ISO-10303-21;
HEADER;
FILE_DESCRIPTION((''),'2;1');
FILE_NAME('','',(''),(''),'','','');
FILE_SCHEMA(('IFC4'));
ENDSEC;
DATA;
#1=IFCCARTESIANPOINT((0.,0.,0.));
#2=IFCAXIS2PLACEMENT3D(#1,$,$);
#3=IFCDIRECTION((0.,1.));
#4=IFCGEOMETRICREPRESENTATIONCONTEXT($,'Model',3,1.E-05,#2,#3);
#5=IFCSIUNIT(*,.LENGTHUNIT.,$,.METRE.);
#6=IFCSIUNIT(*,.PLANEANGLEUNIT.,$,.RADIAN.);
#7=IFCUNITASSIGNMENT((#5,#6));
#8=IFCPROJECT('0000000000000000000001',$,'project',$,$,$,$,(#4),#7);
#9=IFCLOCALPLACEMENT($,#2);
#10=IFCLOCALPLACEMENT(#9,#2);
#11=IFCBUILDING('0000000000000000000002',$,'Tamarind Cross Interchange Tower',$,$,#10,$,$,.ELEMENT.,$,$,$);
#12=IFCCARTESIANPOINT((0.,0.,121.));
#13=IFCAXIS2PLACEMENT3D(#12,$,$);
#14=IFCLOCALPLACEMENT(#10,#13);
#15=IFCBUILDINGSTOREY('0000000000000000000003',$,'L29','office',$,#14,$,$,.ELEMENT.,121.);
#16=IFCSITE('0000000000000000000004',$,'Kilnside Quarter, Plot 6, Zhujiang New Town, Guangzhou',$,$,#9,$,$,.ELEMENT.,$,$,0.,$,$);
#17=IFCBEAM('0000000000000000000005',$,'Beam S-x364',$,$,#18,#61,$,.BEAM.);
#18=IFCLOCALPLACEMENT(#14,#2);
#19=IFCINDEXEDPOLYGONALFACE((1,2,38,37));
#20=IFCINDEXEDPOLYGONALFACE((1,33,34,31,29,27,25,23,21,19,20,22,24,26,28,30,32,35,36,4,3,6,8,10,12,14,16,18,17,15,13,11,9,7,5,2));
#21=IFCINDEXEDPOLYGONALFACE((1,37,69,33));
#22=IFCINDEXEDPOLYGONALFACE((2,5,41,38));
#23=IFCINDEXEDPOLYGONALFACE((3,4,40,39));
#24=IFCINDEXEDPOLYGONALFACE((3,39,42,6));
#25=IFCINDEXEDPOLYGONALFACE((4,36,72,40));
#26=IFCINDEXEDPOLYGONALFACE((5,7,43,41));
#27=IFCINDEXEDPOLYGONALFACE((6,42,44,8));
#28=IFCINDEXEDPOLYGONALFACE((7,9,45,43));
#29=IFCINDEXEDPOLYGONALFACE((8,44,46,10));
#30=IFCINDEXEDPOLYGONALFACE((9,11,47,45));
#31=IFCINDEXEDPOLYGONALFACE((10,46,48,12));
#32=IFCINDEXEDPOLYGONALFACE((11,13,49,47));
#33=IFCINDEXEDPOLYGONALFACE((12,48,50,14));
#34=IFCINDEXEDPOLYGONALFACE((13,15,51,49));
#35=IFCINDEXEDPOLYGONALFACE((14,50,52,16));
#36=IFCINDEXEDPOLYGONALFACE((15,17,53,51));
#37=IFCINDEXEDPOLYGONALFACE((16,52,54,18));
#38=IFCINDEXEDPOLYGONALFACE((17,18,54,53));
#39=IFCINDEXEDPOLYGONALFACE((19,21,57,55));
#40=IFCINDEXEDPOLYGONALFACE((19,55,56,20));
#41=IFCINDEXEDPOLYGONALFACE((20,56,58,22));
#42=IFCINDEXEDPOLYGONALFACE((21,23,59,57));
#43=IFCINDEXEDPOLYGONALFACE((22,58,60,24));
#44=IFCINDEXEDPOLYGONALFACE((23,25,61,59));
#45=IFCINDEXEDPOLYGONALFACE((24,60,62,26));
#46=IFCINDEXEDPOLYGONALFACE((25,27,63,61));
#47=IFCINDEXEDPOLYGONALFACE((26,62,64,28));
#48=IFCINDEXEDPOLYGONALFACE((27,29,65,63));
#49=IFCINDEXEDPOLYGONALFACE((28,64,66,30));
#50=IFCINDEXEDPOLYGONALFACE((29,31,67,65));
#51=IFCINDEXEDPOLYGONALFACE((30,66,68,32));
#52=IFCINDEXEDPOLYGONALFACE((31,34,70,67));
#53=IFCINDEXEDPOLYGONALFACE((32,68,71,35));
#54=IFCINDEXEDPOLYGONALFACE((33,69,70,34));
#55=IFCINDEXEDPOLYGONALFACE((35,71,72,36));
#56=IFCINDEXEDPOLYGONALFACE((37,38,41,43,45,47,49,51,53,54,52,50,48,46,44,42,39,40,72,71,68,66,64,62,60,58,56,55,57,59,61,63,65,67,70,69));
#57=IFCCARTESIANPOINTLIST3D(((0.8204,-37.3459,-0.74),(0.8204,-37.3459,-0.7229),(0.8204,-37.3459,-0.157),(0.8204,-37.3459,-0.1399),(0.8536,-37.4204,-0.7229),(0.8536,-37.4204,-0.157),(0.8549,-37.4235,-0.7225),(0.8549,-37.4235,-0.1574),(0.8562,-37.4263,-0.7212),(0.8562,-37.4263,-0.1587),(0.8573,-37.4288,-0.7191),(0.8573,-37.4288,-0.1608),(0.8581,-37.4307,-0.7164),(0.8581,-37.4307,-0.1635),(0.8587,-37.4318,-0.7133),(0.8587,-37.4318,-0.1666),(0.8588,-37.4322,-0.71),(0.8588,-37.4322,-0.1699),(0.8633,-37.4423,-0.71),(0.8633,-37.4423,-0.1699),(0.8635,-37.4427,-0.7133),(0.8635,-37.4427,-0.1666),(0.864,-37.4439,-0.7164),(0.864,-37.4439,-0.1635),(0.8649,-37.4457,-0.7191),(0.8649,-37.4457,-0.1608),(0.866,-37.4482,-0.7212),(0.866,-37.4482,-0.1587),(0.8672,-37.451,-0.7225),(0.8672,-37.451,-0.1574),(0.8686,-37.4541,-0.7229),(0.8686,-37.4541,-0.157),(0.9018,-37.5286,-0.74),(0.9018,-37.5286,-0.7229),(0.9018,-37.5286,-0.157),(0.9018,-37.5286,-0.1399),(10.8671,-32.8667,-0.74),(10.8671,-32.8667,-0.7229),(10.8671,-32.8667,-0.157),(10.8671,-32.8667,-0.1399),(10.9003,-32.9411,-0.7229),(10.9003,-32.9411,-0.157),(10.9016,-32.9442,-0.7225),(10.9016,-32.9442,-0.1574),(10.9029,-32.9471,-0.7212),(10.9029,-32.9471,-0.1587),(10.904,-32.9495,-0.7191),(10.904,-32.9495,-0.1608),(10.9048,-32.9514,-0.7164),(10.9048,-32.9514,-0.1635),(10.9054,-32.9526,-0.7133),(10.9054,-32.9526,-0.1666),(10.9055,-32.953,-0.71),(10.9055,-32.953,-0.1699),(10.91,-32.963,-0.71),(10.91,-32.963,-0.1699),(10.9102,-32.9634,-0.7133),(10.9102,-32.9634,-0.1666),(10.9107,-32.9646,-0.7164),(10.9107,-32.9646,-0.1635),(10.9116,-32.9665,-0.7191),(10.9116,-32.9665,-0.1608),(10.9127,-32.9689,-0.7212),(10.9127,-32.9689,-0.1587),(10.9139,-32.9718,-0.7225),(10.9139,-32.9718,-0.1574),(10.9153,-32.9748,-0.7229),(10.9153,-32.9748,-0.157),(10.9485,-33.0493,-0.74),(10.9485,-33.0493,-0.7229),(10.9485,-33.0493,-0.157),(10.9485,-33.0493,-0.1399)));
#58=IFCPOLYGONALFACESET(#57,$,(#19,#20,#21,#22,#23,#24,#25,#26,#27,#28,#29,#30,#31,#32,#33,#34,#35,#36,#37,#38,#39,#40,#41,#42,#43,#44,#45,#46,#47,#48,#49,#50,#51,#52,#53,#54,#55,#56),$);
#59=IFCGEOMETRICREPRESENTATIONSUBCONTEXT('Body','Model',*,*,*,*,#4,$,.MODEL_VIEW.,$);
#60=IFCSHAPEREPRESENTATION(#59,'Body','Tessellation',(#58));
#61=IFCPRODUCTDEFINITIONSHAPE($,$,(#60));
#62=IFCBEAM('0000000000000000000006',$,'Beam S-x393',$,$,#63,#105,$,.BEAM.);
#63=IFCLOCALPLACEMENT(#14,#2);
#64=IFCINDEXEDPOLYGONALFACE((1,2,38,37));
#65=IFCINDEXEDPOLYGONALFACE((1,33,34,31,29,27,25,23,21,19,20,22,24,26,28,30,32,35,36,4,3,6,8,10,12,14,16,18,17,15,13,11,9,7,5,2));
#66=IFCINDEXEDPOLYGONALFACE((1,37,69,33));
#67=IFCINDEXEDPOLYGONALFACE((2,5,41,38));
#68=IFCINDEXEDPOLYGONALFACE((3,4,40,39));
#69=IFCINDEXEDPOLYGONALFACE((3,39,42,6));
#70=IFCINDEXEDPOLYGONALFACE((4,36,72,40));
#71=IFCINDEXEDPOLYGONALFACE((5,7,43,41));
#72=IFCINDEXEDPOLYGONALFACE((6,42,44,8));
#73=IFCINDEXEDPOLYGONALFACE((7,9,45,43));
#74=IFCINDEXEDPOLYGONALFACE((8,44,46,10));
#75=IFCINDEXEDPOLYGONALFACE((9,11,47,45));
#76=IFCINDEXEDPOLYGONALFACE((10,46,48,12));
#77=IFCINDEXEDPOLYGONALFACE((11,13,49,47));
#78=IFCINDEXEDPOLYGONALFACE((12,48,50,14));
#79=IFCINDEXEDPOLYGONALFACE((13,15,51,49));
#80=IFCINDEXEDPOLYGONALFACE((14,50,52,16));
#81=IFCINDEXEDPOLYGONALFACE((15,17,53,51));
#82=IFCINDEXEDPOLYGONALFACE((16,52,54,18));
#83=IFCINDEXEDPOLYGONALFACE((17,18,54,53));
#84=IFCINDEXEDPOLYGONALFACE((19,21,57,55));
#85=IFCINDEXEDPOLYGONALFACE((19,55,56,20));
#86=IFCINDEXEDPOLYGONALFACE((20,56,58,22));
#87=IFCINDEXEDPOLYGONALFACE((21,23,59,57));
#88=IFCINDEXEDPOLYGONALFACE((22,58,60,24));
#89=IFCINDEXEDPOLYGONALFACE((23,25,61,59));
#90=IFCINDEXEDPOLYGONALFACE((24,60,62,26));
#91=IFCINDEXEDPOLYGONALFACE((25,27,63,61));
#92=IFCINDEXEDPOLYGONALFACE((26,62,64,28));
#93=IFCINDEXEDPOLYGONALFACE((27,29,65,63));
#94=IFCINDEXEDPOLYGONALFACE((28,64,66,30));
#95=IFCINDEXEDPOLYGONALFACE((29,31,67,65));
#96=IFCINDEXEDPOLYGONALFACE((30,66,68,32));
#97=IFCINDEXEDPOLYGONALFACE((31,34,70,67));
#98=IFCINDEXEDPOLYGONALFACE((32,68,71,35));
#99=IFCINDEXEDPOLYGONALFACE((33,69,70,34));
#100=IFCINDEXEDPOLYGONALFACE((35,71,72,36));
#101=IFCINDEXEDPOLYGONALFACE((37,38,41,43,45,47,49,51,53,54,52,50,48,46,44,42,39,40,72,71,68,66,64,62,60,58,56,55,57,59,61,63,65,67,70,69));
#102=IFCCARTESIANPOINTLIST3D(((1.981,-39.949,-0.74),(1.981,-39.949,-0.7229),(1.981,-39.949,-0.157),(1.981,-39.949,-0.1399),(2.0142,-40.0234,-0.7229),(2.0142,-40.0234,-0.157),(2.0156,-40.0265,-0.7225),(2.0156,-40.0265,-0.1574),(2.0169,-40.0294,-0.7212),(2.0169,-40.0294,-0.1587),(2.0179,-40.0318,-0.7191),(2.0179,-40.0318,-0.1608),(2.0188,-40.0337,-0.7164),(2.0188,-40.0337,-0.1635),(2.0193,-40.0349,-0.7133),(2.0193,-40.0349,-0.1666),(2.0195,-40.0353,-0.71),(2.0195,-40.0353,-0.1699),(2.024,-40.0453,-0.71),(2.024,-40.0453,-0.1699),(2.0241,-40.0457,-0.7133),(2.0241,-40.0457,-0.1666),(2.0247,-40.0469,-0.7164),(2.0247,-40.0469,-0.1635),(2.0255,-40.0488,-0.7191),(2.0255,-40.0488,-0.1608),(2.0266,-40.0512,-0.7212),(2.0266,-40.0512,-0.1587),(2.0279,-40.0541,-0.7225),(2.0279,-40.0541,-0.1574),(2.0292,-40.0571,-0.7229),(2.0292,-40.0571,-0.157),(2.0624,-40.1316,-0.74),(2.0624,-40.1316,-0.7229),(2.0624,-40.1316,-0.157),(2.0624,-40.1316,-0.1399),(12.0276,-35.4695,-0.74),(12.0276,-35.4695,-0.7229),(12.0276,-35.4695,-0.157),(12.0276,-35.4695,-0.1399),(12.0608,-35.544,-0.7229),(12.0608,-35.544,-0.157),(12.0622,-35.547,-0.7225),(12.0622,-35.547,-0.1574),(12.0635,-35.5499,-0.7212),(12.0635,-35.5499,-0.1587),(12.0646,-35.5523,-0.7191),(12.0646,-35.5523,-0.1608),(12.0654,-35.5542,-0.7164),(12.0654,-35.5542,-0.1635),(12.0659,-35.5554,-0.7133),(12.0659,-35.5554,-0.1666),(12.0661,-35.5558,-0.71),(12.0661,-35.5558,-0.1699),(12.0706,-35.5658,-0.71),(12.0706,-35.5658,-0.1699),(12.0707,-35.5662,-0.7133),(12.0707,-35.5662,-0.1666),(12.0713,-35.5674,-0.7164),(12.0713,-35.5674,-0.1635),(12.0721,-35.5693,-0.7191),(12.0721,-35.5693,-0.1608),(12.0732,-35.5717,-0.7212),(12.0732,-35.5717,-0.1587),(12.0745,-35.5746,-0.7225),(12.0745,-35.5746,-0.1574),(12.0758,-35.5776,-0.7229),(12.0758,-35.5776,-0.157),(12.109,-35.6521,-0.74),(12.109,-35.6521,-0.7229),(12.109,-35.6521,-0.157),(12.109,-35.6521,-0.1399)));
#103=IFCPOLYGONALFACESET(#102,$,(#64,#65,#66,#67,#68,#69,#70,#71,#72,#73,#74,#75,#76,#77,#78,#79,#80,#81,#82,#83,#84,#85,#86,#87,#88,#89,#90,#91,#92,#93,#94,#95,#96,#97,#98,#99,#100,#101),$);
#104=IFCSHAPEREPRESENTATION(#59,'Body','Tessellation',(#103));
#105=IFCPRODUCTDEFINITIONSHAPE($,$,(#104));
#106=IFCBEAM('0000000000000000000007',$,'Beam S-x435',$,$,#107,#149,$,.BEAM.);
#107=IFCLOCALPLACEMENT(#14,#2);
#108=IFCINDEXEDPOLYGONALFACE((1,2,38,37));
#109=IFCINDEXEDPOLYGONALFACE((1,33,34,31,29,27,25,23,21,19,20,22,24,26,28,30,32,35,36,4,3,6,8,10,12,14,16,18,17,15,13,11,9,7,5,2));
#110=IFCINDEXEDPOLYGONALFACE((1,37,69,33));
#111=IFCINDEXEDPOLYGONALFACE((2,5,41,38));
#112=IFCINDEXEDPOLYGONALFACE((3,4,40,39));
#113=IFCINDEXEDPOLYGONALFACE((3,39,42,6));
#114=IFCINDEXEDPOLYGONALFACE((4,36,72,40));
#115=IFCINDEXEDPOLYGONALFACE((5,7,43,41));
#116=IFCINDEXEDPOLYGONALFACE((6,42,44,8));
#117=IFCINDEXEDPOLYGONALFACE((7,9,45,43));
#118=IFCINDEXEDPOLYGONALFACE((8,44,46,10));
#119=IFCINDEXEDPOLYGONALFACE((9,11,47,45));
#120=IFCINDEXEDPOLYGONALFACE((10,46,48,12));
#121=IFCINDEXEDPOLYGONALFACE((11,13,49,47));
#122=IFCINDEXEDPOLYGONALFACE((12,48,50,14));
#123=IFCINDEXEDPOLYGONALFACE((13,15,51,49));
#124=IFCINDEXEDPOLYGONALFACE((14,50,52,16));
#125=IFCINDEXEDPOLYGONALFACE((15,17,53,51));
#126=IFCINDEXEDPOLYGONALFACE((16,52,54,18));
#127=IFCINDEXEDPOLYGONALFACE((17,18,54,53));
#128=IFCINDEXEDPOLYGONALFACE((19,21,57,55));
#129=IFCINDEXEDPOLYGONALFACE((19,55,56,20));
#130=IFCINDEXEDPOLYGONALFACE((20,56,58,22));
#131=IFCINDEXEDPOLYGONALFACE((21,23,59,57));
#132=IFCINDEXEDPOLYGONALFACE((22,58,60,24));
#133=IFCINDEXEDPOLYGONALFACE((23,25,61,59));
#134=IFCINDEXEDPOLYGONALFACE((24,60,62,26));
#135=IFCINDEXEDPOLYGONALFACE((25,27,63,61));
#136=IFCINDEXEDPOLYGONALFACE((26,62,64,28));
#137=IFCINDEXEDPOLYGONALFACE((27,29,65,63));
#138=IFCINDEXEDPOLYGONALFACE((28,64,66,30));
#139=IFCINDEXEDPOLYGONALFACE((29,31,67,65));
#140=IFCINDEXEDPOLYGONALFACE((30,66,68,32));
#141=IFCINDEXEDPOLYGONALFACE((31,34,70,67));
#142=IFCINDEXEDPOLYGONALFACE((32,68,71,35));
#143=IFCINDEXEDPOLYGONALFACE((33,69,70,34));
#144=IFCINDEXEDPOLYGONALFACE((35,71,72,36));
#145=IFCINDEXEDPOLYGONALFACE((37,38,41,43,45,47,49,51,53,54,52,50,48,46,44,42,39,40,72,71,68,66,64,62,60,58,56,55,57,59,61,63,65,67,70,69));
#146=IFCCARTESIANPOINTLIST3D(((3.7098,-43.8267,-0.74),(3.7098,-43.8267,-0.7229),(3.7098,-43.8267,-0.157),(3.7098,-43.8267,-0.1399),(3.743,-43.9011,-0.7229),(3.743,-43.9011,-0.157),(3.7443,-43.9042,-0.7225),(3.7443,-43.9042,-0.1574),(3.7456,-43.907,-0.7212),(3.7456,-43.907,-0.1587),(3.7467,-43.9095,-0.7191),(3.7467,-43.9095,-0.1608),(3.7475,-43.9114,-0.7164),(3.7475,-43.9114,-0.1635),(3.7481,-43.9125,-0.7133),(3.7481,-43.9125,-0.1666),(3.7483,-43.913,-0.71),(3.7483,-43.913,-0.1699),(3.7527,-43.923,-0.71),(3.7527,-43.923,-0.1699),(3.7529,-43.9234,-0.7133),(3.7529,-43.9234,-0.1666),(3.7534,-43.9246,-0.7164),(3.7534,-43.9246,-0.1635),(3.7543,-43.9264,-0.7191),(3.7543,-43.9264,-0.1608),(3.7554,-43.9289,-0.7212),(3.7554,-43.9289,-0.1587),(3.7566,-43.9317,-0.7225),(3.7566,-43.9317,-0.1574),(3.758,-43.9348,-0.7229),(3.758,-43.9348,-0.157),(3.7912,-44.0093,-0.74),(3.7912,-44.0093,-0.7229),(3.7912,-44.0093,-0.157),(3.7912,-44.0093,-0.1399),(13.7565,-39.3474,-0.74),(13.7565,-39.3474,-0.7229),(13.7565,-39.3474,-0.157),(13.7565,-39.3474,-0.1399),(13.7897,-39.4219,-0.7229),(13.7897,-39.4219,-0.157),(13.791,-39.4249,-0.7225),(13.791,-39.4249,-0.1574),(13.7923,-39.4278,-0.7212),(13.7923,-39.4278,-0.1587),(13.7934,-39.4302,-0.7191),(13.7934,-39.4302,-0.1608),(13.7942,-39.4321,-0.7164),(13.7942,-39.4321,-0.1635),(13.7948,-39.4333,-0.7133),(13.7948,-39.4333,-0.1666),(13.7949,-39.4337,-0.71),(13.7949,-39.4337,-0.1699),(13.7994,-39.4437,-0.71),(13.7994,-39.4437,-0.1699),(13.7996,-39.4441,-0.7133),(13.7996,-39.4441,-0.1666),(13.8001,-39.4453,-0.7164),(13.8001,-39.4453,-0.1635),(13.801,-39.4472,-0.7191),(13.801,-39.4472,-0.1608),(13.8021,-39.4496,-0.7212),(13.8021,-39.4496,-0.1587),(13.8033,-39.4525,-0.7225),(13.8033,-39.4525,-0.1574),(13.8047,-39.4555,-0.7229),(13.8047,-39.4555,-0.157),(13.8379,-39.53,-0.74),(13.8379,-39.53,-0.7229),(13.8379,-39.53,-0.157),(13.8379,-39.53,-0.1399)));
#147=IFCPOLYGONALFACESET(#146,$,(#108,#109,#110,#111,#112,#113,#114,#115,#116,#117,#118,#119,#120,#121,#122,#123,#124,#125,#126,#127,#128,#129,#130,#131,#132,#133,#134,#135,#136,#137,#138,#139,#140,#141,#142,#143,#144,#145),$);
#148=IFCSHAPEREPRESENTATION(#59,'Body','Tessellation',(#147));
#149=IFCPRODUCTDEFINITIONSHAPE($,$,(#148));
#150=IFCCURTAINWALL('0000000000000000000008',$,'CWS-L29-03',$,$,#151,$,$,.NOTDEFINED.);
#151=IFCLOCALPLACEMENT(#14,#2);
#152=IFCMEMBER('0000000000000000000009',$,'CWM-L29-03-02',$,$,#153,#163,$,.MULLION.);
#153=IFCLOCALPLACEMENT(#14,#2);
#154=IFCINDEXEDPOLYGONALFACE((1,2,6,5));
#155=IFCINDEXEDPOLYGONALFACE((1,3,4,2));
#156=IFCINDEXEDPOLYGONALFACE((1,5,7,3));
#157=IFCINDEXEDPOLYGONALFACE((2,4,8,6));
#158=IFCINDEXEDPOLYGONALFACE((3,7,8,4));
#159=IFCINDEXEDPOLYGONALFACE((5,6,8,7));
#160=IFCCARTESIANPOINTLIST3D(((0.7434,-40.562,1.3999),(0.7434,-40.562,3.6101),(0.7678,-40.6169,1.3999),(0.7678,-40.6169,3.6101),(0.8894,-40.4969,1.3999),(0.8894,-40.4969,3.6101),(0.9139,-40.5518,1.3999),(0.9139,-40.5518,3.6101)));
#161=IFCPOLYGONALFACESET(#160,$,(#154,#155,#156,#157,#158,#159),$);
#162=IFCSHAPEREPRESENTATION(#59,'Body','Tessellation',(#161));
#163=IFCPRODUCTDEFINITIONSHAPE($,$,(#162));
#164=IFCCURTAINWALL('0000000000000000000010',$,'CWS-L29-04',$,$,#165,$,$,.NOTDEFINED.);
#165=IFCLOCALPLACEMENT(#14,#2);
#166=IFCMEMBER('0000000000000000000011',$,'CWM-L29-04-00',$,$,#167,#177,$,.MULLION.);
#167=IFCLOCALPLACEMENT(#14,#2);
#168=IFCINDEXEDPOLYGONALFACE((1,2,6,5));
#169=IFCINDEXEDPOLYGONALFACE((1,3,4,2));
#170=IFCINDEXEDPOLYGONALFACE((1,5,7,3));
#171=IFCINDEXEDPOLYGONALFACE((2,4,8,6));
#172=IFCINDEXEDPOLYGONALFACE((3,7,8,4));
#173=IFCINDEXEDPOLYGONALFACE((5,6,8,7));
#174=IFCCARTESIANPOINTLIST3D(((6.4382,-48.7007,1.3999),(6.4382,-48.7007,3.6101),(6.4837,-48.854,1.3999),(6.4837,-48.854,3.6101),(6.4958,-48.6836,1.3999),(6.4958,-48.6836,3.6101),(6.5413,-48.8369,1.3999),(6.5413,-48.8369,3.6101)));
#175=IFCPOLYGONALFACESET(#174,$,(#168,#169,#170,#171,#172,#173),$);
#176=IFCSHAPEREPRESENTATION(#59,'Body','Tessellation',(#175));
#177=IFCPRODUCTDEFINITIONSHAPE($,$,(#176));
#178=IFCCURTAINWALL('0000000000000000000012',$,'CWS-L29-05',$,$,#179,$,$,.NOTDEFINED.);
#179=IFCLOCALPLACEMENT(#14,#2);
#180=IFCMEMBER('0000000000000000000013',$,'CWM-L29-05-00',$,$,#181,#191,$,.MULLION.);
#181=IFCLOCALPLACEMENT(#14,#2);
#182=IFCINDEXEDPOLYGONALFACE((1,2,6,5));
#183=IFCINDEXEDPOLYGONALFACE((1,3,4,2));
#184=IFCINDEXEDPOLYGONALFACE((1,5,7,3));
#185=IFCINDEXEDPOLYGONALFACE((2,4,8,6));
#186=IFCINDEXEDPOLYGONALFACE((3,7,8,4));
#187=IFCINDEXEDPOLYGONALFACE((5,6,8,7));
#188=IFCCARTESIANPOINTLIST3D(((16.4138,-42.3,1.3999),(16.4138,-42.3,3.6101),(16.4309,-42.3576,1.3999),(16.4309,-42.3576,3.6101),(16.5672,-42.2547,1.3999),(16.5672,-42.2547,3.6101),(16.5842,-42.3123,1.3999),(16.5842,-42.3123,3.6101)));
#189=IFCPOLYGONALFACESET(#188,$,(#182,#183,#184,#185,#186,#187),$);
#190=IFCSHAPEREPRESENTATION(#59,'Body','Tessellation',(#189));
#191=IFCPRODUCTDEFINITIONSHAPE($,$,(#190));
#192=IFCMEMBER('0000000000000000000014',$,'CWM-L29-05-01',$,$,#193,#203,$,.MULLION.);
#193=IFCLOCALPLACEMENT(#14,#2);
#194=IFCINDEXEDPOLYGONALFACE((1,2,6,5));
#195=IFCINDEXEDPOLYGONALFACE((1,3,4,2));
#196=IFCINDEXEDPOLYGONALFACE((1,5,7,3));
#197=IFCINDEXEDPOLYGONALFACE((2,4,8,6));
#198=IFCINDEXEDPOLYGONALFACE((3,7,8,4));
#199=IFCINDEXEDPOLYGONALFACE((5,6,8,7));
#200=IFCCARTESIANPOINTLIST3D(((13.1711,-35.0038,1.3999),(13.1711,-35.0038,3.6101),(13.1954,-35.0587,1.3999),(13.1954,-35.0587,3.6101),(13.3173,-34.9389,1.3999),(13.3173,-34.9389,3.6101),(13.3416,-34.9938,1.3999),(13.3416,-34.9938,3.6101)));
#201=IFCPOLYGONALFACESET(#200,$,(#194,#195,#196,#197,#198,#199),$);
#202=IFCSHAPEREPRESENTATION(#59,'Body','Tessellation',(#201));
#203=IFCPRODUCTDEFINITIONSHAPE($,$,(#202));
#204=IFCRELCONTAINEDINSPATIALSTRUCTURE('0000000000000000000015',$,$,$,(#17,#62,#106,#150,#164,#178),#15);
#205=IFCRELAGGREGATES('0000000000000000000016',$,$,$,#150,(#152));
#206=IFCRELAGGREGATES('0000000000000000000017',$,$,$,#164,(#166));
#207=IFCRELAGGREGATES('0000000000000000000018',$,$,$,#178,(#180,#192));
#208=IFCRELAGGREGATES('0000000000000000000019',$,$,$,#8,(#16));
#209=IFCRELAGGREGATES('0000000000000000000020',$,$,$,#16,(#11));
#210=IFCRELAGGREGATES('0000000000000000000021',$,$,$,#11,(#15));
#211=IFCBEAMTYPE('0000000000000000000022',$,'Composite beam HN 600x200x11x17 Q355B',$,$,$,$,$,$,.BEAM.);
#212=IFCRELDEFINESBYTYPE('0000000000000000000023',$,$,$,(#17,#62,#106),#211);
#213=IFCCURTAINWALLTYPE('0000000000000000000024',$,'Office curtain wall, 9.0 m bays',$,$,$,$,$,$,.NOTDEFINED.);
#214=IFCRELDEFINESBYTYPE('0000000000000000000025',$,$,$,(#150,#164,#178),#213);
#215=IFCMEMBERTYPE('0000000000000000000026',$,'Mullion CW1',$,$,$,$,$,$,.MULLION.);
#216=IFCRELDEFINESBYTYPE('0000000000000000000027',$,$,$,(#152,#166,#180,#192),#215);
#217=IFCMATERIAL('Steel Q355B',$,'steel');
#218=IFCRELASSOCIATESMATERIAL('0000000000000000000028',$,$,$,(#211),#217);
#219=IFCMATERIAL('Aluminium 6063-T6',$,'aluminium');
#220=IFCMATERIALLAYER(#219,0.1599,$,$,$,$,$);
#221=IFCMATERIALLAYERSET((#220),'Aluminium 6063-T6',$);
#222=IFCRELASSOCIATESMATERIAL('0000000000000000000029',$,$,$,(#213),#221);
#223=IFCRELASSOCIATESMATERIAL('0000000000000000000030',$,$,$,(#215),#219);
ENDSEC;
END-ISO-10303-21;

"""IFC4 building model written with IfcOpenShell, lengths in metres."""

from ifc_helpers import new_model, si_unit, direction, frame, origin, origin_2d, place, context, subcontext, project, spatial, rectangle, i_section, extrude, material, layer, layer_set, material_profile, profile_set, type_object, element, aggregate, save


model = new_model("IFC4")

# Units and contexts
model_context = context("Model", 3, precision=1e-05, world=origin(), true_north=direction((0.0, 1.0)))
body_context = subcontext(model_context, "Body", "Model", "MODEL_VIEW")
ifc_project = project(units=[si_unit("LENGTHUNIT", "METRE"), si_unit("PLANEANGLEUNIT", "RADIAN")], contexts=[model_context])

# Site, building, storey
site_placement = place(None, origin())
site = spatial("IfcSite", under=ifc_project, at=site_placement, Name="Kilnside Quarter, Plot 6, Zhujiang New Town, Guangzhou", CompositionType="ELEMENT", RefElevation=0.0)
building_placement = place(site_placement, origin())
building = spatial("IfcBuilding", under=site, at=building_placement, Name="Tamarind Cross Interchange Tower", CompositionType="ELEMENT")
storey_placement = place(building_placement, frame((0.0, 0.0, 121.0)))
storey = spatial("IfcBuildingStorey", under=building, at=storey_placement, Name="L29", Description="office", CompositionType="ELEMENT", Elevation=121.0)

# Beams
ifc_material_1 = material(Name="Steel Q355B", Category="steel")
ifc_material_profile_1 = material_profile(ifc_material_1, i_section(OverallWidth=0.2, OverallDepth=0.6001, WebThickness=0.011, FlangeThickness=0.0171, FilletRadius=0.0129, at=origin_2d()), Name="HN 600x200x11x17")
ifc_profile_set_1 = profile_set([ifc_material_profile_1], Name="Steel Q355B")
beam_type_1 = type_object("IfcBeamType", Name="Composite beam HN 600x200x11x17 Q355B", PredefinedType="BEAM", material=ifc_profile_set_1)
for number, where, z_axis, x_axis, name in (
    (1, (0.8611, -37.4373, -0.4399), (0.913336, 0.407207, 0.0), (-0.407207, 0.913336, 0.0), "Beam S-x364"),
    (2, (2.0217, -40.0403, -0.4399), (0.913328, 0.407225, 0.0), (-0.407225, 0.913328, 0.0), "Beam S-x393"),
    (3, (3.7505, -43.918, -0.4399), (0.913336, 0.407207, 0.0), (-0.407207, 0.913336, 0.0), "Beam S-x435"),
):
    element("IfcBeam", number, at=place(storey_placement, frame(where, z_axis=z_axis, x_axis=x_axis)), inside=storey, type_object=beam_type_1, Name=name, PredefinedType="BEAM", context=body_context, shape_type="SweptSolid", body=[
        extrude(i_section(OverallWidth=0.2, OverallDepth=0.6001, WebThickness=0.011, FlangeThickness=0.0171, FilletRadius=0.0129, at=origin_2d()), origin(), (0.0, 0.0, 1.0), 11.0),
    ])

# Curtain walls, members
ifc_material_2 = material(Name="Aluminium 6063-T6", Category="aluminium")
ifc_layer_1 = layer(ifc_material_2, 0.1599)
ifc_layer_set_1 = layer_set([ifc_layer_1], Name="Aluminium 6063-T6")
curtain_wall_type = type_object("IfcCurtainWallType", Name="Office curtain wall, 9.0 m bays", PredefinedType="NOTDEFINED", material=ifc_layer_set_1)
curtain_wall_1_placement = place(storey_placement, origin())
curtain_wall_1 = element("IfcCurtainWall", 4, at=curtain_wall_1_placement, inside=storey, type_object=curtain_wall_type, Name="CWS-L29-03", PredefinedType="NOTDEFINED")
ifc_material_profile_2 = material_profile(ifc_material_2, rectangle(XDim=0.0601, YDim=0.1599, at=origin_2d()), Name="Mullion CW1")
ifc_profile_set_2 = profile_set([ifc_material_profile_2], Name="Aluminium 6063-T6")
member_type = type_object("IfcMemberType", Name="Mullion CW1", PredefinedType="MULLION", material=ifc_profile_set_2)
member_1_placement = place(storey_placement, frame((0.8286, -40.5569, 1.3999), z_axis=(0.0, 0.0, 1.0), x_axis=(0.407221, -0.91333, 0.0)))
member_1 = element("IfcMember", 5, at=member_1_placement, type_object=member_type, Name="CWM-L29-03-02", PredefinedType="MULLION", context=body_context, shape_type="SweptSolid", body=[
    extrude(rectangle(XDim=0.0601, YDim=0.1599, at=origin_2d()), origin(), (0.0, 0.0, 1.0), 2.2102),
])
aggregate(curtain_wall_1, [member_1])
curtain_wall_2_placement = place(storey_placement, origin())
curtain_wall_2 = element("IfcCurtainWall", 6, at=curtain_wall_2_placement, inside=storey, type_object=curtain_wall_type, Name="CWS-L29-04", PredefinedType="NOTDEFINED")
member_2_placement = place(storey_placement, frame((6.4897, -48.7688, 1.3999), z_axis=(0.0, 0.0, 1.0), x_axis=(0.958669, 0.284524, 0.0)))
member_2 = element("IfcMember", 7, at=member_2_placement, type_object=member_type, Name="CWM-L29-04-00", PredefinedType="MULLION", context=body_context, shape_type="SweptSolid", body=[
    extrude(rectangle(XDim=0.0601, YDim=0.1599, at=origin_2d()), origin(), (0.0, 0.0, 1.0), 2.2102),
])
aggregate(curtain_wall_2, [member_2])

# Curtain wall, members
curtain_wall_3_placement = place(storey_placement, origin())
curtain_wall_3 = element("IfcCurtainWall", 8, at=curtain_wall_3_placement, inside=storey, type_object=curtain_wall_type, Name="CWS-L29-05", PredefinedType="NOTDEFINED")
member_3_placement = place(storey_placement, frame((16.499, -42.3062, 1.3999), z_axis=(0.0, 0.0, 1.0), x_axis=(-0.283686, 0.958917, 0.0)))
member_3 = element("IfcMember", 9, at=member_3_placement, type_object=member_type, Name="CWM-L29-05-00", PredefinedType="MULLION", context=body_context, shape_type="SweptSolid", body=[
    extrude(rectangle(XDim=0.0601, YDim=0.1599, at=origin_2d()), origin(), (0.0, 0.0, 1.0), 2.2102),
])
member_4_placement = place(storey_placement, frame((13.2563, -34.9988, 1.3999), z_axis=(0.0, 0.0, 1.0), x_axis=(-0.405624, 0.91404, 0.0)))
member_4 = element("IfcMember", 10, at=member_4_placement, type_object=member_type, Name="CWM-L29-05-01", PredefinedType="MULLION", context=body_context, shape_type="SweptSolid", body=[
    extrude(rectangle(XDim=0.0601, YDim=0.1599, at=origin_2d()), origin(), (0.0, 0.0, 1.0), 2.2102),
])
aggregate(curtain_wall_3, [member_3, member_4])

save(model, "model.ifc")
